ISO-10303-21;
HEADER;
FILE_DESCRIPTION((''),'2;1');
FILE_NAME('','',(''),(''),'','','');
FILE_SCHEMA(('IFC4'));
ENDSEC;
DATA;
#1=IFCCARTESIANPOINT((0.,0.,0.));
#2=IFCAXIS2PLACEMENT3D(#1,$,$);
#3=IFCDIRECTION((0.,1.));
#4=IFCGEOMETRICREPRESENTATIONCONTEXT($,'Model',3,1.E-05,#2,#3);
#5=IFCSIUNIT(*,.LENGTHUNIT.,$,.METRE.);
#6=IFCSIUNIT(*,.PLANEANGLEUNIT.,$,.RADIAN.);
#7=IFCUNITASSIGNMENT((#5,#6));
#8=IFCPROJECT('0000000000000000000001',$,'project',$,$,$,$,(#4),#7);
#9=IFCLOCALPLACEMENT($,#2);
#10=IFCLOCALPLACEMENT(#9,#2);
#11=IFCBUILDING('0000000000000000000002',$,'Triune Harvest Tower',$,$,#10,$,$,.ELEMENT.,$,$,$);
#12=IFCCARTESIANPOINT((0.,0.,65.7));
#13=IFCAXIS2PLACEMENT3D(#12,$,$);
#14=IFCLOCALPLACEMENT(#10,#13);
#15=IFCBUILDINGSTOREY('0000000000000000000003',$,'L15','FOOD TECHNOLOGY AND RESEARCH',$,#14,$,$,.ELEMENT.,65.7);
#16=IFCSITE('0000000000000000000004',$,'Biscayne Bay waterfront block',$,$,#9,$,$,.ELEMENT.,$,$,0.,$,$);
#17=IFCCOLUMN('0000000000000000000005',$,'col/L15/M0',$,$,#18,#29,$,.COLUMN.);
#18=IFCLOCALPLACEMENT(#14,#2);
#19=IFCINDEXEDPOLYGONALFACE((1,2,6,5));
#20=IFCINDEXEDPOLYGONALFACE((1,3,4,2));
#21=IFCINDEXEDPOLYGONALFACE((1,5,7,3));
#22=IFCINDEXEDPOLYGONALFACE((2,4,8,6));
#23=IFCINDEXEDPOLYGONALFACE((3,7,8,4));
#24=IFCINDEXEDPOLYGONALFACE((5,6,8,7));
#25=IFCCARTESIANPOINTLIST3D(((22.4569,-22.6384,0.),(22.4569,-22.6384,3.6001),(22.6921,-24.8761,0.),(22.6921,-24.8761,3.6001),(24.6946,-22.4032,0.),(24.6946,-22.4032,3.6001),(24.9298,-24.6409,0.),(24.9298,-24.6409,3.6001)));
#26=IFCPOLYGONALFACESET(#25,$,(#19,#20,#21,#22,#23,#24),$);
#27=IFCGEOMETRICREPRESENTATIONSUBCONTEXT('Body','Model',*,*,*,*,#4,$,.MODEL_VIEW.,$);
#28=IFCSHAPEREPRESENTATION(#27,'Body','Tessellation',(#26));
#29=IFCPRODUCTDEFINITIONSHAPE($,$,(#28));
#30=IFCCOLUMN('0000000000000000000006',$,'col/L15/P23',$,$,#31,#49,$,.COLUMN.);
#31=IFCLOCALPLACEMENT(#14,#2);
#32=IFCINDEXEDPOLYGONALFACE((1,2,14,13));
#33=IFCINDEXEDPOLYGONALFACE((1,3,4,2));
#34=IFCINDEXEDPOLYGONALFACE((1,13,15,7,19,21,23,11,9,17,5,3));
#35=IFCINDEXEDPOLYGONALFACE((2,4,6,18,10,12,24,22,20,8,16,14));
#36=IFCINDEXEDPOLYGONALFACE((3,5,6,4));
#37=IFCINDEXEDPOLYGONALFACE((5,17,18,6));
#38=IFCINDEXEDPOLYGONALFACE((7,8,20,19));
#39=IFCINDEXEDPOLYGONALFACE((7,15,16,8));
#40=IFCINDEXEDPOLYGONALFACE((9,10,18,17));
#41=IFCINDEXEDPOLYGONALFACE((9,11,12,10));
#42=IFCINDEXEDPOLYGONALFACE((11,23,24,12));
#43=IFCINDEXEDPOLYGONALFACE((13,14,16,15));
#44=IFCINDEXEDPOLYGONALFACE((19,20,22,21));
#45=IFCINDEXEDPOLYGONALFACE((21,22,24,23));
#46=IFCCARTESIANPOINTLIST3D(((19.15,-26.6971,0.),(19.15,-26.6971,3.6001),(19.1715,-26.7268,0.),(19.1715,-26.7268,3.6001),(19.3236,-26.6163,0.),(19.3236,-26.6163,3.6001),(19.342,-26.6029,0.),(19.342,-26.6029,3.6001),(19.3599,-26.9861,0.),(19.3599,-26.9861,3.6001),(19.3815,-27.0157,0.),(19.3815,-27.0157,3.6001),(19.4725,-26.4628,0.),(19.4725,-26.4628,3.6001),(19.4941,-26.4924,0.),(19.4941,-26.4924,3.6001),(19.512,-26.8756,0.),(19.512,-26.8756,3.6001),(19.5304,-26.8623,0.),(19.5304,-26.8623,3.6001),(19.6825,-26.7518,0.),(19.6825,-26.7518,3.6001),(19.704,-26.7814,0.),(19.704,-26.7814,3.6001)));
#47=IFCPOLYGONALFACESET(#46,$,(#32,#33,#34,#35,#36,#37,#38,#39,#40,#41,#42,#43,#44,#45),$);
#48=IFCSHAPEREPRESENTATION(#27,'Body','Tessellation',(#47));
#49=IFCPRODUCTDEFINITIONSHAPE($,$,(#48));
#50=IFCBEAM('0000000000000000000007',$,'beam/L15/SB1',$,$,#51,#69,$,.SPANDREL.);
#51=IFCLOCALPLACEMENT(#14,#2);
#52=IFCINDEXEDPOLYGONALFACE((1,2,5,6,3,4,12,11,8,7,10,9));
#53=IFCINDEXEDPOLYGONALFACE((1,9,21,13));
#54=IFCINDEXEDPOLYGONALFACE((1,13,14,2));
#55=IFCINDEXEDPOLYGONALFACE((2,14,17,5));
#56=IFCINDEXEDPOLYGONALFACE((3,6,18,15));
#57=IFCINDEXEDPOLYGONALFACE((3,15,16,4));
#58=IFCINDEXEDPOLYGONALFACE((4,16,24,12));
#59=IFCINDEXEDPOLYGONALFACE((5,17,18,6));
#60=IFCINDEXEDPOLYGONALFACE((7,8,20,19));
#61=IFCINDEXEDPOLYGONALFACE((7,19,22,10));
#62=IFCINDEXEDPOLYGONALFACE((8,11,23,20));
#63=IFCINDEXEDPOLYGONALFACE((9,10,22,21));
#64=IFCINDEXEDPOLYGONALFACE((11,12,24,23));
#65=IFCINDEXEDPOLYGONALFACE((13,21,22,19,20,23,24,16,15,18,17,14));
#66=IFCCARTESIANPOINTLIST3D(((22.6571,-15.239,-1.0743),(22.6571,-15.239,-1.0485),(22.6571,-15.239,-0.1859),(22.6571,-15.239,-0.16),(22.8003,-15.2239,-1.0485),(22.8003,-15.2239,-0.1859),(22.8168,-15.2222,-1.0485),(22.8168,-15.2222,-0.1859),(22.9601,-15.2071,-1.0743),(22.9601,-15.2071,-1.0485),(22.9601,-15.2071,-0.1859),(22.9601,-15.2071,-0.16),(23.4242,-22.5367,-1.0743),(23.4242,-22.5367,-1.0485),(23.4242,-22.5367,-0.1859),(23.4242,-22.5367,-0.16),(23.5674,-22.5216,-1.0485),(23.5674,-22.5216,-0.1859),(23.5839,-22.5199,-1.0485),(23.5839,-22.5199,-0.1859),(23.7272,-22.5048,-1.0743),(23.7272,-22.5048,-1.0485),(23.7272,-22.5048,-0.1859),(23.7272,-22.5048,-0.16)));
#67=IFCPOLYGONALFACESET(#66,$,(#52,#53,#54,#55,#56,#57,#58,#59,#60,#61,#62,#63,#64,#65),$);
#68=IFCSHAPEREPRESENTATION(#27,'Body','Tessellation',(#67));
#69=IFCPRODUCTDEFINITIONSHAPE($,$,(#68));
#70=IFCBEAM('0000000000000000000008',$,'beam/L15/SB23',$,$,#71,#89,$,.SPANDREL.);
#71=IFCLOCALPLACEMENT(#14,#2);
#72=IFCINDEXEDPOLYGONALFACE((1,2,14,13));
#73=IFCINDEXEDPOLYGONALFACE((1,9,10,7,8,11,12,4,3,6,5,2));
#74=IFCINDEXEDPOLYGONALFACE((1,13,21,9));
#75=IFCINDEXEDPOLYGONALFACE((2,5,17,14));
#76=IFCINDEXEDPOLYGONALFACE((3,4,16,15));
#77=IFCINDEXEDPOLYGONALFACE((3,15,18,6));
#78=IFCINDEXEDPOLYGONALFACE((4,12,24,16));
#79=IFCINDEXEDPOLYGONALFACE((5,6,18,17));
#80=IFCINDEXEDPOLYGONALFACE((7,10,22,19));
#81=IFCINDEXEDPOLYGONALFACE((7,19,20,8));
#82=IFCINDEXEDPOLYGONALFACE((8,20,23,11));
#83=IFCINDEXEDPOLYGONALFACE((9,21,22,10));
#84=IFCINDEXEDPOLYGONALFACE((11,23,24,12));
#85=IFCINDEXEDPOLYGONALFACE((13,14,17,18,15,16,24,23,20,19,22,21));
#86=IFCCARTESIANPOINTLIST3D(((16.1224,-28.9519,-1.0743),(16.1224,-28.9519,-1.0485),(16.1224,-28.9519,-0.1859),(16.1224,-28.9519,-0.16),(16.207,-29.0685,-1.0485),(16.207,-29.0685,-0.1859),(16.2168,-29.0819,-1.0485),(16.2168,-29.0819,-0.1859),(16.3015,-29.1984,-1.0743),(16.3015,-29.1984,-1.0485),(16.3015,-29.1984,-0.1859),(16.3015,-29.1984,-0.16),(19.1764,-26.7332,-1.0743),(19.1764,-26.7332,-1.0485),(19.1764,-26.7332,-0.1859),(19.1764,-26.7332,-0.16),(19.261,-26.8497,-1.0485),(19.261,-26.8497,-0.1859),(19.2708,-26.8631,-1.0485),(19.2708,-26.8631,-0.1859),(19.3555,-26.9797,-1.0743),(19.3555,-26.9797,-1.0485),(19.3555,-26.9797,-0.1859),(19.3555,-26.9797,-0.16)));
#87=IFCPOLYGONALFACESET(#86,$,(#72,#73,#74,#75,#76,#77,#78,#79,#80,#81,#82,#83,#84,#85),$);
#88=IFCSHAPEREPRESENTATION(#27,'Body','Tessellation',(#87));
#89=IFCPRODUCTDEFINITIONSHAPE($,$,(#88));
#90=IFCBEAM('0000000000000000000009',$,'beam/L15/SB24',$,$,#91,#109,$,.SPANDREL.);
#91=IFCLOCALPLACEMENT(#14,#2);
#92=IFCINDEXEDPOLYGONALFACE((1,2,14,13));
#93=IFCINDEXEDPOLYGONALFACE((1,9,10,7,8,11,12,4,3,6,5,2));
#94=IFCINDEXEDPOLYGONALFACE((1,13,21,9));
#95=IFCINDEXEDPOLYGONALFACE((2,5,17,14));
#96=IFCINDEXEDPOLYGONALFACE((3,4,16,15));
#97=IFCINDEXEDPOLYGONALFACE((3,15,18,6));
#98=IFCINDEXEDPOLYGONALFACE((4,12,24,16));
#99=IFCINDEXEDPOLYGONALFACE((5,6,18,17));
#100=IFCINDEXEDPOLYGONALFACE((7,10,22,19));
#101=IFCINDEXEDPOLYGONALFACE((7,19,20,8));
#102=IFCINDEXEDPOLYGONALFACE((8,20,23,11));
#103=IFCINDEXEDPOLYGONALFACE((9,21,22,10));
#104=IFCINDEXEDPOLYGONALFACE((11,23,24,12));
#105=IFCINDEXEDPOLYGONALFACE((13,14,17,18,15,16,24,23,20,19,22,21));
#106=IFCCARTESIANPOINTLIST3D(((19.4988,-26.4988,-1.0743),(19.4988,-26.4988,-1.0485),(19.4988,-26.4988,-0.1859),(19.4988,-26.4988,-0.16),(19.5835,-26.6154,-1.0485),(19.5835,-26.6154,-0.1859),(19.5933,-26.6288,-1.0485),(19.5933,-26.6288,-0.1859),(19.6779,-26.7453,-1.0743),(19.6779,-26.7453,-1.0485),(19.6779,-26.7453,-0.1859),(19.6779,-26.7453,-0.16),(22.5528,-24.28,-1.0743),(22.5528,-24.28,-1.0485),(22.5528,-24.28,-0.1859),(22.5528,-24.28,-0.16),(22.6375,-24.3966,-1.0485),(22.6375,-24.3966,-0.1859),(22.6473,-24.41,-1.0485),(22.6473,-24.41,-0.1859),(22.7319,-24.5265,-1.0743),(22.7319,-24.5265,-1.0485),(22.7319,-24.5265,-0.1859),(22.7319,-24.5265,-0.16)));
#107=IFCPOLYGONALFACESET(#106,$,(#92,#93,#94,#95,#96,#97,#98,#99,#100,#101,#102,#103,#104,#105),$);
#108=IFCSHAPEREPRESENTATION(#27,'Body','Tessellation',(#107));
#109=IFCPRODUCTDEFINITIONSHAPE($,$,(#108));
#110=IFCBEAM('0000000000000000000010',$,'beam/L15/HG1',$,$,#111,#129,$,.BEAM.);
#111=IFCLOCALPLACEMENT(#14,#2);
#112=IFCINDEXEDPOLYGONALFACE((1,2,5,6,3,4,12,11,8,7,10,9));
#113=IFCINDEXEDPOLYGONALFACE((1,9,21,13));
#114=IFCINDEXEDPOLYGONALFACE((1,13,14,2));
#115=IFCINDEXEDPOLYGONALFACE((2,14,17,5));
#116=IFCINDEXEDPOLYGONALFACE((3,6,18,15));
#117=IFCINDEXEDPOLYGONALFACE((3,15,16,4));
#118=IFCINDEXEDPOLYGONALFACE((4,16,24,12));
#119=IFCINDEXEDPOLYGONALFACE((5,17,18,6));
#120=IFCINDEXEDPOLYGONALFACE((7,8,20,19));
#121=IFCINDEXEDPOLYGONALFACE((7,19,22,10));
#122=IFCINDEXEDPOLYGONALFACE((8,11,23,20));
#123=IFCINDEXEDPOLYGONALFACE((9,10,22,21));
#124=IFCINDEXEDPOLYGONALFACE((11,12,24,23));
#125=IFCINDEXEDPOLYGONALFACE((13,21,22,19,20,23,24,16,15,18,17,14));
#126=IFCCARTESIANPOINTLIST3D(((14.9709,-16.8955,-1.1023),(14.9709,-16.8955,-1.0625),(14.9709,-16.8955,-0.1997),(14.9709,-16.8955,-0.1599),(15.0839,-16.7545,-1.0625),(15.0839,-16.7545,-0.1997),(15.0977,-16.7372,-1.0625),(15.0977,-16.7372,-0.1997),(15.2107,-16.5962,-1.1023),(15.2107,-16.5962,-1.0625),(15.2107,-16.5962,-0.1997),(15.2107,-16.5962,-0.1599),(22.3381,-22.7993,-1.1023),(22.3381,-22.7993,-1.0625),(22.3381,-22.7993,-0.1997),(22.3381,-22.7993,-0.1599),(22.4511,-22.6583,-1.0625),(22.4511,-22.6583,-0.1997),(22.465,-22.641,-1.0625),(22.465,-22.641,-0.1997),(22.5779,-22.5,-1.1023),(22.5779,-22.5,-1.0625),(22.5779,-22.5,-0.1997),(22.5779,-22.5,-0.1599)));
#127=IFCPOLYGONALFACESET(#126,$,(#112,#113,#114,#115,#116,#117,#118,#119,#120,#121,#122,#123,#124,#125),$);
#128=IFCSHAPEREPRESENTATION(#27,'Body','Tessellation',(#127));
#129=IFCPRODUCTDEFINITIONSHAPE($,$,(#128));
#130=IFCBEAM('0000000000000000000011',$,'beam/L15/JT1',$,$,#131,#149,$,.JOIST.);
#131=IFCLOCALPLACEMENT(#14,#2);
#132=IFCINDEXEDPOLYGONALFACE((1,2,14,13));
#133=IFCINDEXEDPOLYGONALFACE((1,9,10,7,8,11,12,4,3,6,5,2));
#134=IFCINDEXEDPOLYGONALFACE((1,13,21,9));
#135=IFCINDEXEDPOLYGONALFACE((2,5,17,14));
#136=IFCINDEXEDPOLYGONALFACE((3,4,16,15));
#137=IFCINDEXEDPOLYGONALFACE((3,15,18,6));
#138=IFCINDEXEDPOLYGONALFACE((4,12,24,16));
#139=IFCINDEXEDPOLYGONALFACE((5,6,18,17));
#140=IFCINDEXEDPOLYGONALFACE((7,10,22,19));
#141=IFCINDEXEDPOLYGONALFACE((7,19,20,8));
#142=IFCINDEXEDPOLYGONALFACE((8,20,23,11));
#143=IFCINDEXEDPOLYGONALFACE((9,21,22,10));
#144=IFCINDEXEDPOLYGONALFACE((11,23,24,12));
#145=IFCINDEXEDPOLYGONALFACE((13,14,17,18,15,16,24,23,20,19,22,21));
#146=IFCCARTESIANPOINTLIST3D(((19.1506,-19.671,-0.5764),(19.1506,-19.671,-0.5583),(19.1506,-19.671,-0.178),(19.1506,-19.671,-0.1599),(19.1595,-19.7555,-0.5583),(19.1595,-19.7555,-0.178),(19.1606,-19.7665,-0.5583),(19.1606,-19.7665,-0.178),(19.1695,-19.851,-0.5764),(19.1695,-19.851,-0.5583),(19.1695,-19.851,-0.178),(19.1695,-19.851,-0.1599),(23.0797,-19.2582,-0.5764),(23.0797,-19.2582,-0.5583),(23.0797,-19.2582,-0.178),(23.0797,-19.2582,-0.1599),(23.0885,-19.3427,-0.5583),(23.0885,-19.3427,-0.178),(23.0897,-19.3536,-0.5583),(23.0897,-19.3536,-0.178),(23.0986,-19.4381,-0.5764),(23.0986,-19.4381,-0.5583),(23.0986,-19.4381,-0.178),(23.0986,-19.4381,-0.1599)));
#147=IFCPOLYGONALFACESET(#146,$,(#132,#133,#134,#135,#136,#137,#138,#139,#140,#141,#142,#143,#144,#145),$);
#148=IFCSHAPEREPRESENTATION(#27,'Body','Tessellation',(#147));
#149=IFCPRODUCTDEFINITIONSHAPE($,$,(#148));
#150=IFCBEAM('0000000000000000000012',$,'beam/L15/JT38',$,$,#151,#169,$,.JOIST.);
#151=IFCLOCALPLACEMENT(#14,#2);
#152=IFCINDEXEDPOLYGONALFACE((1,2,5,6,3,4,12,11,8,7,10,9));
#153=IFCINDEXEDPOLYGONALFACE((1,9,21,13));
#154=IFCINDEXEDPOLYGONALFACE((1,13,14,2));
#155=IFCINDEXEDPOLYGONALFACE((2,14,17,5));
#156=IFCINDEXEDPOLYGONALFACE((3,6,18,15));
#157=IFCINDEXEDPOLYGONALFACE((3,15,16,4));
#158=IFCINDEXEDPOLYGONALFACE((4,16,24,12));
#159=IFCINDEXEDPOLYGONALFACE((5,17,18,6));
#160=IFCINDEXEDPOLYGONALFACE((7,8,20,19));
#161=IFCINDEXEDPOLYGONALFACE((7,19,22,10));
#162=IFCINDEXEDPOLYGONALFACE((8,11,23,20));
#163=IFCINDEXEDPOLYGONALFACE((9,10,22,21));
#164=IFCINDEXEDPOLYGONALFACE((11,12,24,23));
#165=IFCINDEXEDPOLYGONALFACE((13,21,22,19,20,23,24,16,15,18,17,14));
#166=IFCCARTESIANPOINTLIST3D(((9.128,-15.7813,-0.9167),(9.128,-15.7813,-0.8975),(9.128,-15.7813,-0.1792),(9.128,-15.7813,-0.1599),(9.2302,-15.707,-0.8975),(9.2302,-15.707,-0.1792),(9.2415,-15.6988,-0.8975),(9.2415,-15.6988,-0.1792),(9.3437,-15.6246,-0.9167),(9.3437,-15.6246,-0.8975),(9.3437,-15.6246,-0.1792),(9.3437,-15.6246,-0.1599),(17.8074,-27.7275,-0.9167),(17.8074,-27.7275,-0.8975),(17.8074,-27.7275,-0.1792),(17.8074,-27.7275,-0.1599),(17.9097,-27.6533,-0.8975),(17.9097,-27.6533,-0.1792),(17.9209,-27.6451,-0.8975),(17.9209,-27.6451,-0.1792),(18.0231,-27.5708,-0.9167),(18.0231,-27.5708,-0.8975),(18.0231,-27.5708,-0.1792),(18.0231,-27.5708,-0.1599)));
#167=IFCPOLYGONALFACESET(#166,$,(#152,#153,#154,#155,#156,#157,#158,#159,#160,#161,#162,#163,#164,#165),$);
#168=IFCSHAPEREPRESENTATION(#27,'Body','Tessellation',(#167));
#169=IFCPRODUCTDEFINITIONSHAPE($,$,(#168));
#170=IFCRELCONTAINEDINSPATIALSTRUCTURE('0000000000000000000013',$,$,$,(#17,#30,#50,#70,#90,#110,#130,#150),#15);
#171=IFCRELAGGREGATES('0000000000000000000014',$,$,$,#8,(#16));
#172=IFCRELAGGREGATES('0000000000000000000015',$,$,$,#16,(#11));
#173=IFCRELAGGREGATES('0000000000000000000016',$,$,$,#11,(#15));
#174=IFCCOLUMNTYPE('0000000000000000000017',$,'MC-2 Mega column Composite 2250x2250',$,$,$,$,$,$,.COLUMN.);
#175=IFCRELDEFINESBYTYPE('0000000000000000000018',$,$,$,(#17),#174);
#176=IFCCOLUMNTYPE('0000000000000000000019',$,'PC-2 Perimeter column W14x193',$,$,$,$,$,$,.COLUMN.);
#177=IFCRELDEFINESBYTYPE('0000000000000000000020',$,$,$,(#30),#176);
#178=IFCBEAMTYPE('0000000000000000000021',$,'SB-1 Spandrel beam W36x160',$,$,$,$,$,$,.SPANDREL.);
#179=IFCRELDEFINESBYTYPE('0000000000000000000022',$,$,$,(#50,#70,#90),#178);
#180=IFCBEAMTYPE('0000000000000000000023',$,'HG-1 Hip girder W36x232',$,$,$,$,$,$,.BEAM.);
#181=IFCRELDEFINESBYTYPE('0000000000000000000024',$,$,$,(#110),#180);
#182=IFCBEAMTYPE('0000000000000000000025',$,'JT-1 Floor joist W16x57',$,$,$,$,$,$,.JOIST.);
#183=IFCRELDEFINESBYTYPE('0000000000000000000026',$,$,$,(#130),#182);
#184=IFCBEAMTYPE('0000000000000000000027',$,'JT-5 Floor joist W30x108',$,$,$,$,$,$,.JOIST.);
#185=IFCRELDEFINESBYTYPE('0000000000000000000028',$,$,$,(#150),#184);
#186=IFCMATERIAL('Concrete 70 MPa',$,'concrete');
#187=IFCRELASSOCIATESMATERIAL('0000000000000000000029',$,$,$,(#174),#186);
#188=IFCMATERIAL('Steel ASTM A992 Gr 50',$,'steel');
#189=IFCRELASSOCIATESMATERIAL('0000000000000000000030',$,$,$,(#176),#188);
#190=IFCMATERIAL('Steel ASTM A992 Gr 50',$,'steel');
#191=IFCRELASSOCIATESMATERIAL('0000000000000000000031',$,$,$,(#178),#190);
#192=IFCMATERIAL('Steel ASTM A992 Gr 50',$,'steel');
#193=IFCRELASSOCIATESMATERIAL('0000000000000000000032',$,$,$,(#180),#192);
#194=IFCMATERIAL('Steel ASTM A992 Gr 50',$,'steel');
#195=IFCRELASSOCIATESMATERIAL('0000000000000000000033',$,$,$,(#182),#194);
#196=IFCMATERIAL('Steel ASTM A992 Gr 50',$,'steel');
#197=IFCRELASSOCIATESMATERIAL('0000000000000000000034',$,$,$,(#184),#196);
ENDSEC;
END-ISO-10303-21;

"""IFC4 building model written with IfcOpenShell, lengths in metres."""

from ifc_helpers import new_model, si_unit, direction, frame, origin, origin_2d, place, context, subcontext, project, spatial, rectangle, i_section, extrude, source, transform, mapped, material, material_profile, profile_set, type_object, element, save


model = new_model("IFC4")

# Units and contexts
model_context = context("Model", 3, precision=1e-05, world=origin(), true_north=direction((0.0, 1.0)))
body_context = subcontext(model_context, "Body", "Model", "MODEL_VIEW")
ifc_project = project(units=[si_unit("LENGTHUNIT", "METRE"), si_unit("PLANEANGLEUNIT", "RADIAN")], contexts=[model_context])

# Site, building, storey
site_placement = place(None, origin())
site = spatial("IfcSite", under=ifc_project, at=site_placement, Name="Biscayne Bay waterfront block", CompositionType="ELEMENT", RefElevation=0.0)
building_placement = place(site_placement, origin())
building = spatial("IfcBuilding", under=site, at=building_placement, Name="Triune Harvest Tower", CompositionType="ELEMENT")
storey_placement = place(building_placement, frame((0.0, 0.0, 65.7)))
storey = spatial("IfcBuildingStorey", under=building, at=storey_placement, Name="L15", Description="FOOD TECHNOLOGY AND RESEARCH", CompositionType="ELEMENT", Elevation=65.7)

# Columns
ifc_material_1 = material(Name="Concrete 70 MPa", Category="concrete")
ifc_material_profile_1 = material_profile(ifc_material_1, rectangle(XDim=2.25, YDim=2.25, at=origin_2d()), Name="Composite 2250x2250")
ifc_profile_set_1 = profile_set([ifc_material_profile_1], Name="Concrete 70 MPa")
column_type_1 = type_object("IfcColumnType", Name="MC-2 Mega column Composite 2250x2250", PredefinedType="COLUMN", material=ifc_profile_set_1)
shared_shape_1 = source(origin(), body_context, "Body", "SweptSolid", [
    extrude(rectangle(XDim=2.25, YDim=2.25, at=origin_2d()), origin(), (0.0, 0.0, 1.0), 3.6001),
])
column_1_placement = place(storey_placement, frame((23.6934, -23.6396, 0.0), z_axis=(0.0, 0.0, 1.0), x_axis=(-0.104527, 0.994522, 0.0)))
element("IfcColumn", 1, at=column_1_placement, inside=storey, type_object=column_type_1, Name="col/L15/M0", PredefinedType="COLUMN", context=body_context, shape_type="MappedRepresentation", body=[
    mapped(shared_shape_1, transform((0.0, 0.0, 0.0), scale=1.0)),
])
ifc_material_2 = material(Name="Steel ASTM A992 Gr 50", Category="steel")
ifc_material_profile_2 = material_profile(ifc_material_2, i_section(OverallWidth=0.3987, OverallDepth=0.3938, WebThickness=0.0227, FlangeThickness=0.0366, at=origin_2d()), Name="W14x193")
ifc_profile_set_2 = profile_set([ifc_material_profile_2], Name="Steel ASTM A992 Gr 50")
column_type_2 = type_object("IfcColumnType", Name="PC-2 Perimeter column W14x193", PredefinedType="COLUMN", material=ifc_profile_set_2)
shared_shape_2 = source(origin(), body_context, "Body", "SweptSolid", [
    extrude(i_section(OverallWidth=0.3987, OverallDepth=0.3938, WebThickness=0.0227, FlangeThickness=0.0366, at=origin_2d()), origin(), (0.0, 0.0, 1.0), 3.6001),
])
column_2_placement = place(storey_placement, frame((19.427, -26.7393, 0.0), z_axis=(0.0, 0.0, 1.0), x_axis=(0.809015, 0.587788, 0.0)))
element("IfcColumn", 2, at=column_2_placement, inside=storey, type_object=column_type_2, Name="col/L15/P23", PredefinedType="COLUMN", context=body_context, shape_type="MappedRepresentation", body=[
    mapped(shared_shape_2, transform((0.0, 0.0, 0.0), scale=1.0)),
])

# Beams
ifc_material_3 = material(Name="Steel ASTM A992 Gr 50", Category="steel")
ifc_material_profile_3 = material_profile(ifc_material_3, i_section(OverallWidth=0.3047, OverallDepth=0.9143, WebThickness=0.0166, FlangeThickness=0.0259, at=origin_2d()), Name="W36x160")
ifc_profile_set_3 = profile_set([ifc_material_profile_3], Name="Steel ASTM A992 Gr 50")
beam_type_1 = type_object("IfcBeamType", Name="SB-1 Spandrel beam W36x160", PredefinedType="SPANDREL", material=ifc_profile_set_3)
shared_shape_3 = source(origin(), body_context, "Body", "SweptSolid", [
    extrude(i_section(OverallWidth=0.3047, OverallDepth=0.9143, WebThickness=0.0166, FlangeThickness=0.0259, at=origin_2d()), origin(), (0.0, 0.0, 1.0), 7.3379),
])
beam_1_placement = place(storey_placement, frame((23.5757, -22.5208, -0.6172), z_axis=(-0.104539, 0.994521, 0.0), x_axis=(-0.994521, -0.104539, 0.0)))
element("IfcBeam", 3, at=beam_1_placement, inside=storey, type_object=beam_type_1, Name="beam/L15/SB1", PredefinedType="SPANDREL", context=body_context, shape_type="MappedRepresentation", body=[
    mapped(shared_shape_3, transform((0.0, 0.0, 0.0), scale=1.0)),
])
shared_shape_4 = source(origin(), body_context, "Body", "SweptSolid", [
    extrude(i_section(OverallWidth=0.3047, OverallDepth=0.9143, WebThickness=0.0166, FlangeThickness=0.0259, at=origin_2d()), origin(), (0.0, 0.0, 1.0), 3.7749),
])
for number, where, z_axis, x_axis, name in (
    (4, (16.2119, -29.0752, -0.6172), (0.809027, 0.587772, 0.0), (-0.587772, 0.809027, 0.0), "beam/L15/SB23"),
    (5, (19.5884, -26.6221, -0.6172), (0.809027, 0.587772, 0.0), (-0.587772, 0.809027, 0.0), "beam/L15/SB24"),
):
    element("IfcBeam", number, at=place(storey_placement, frame(where, z_axis=z_axis, x_axis=x_axis)), inside=storey, type_object=beam_type_1, Name=name, PredefinedType="SPANDREL", context=body_context, shape_type="MappedRepresentation", body=[
        mapped(shared_shape_4, transform((0.0, 0.0, 0.0), scale=1.0)),
    ])
ifc_material_4 = material(Name="Steel ASTM A992 Gr 50", Category="steel")
ifc_material_profile_4 = material_profile(ifc_material_4, i_section(OverallWidth=0.3835, OverallDepth=0.9424, WebThickness=0.0222, FlangeThickness=0.0398, at=origin_2d()), Name="W36x232")
ifc_profile_set_4 = profile_set([ifc_material_profile_4], Name="Steel ASTM A992 Gr 50")
beam_type_2 = type_object("IfcBeamType", Name="HG-1 Hip girder W36x232", PredefinedType="BEAM", material=ifc_profile_set_4)
shared_shape_5 = source(origin(), body_context, "Body", "SweptSolid", [
    extrude(i_section(OverallWidth=0.3835, OverallDepth=0.9424, WebThickness=0.0222, FlangeThickness=0.0398, at=origin_2d()), origin(), (0.0, 0.0, 1.0), 9.4409),
])
beam_2_placement = place(storey_placement, frame((22.458, -22.6497, -0.6311), z_axis=(-0.780349, 0.625344, 0.0), x_axis=(-0.625344, -0.780349, 0.0)))
element("IfcBeam", 6, at=beam_2_placement, inside=storey, type_object=beam_type_2, Name="beam/L15/HG1", PredefinedType="BEAM", context=body_context, shape_type="MappedRepresentation", body=[
    mapped(shared_shape_5, transform((0.0, 0.0, 0.0), scale=1.0)),
])
ifc_material_5 = material(Name="Steel ASTM A992 Gr 50", Category="steel")
ifc_material_profile_5 = material_profile(ifc_material_5, i_section(OverallWidth=0.1809, OverallDepth=0.4165, WebThickness=0.011, FlangeThickness=0.0181, at=origin_2d()), Name="W16x57")
ifc_profile_set_5 = profile_set([ifc_material_profile_5], Name="Steel ASTM A992 Gr 50")
beam_type_3 = type_object("IfcBeamType", Name="JT-1 Floor joist W16x57", PredefinedType="JOIST", material=ifc_profile_set_5)
shared_shape_6 = source(origin(), body_context, "Body", "SweptSolid", [
    extrude(i_section(OverallWidth=0.1809, OverallDepth=0.4165, WebThickness=0.011, FlangeThickness=0.0181, at=origin_2d()), origin(), (0.0, 0.0, 1.0), 3.9507),
])
beam_3_placement = place(storey_placement, frame((23.0891, -19.3481, -0.3682), z_axis=(-0.994525, -0.104501, 0.0), x_axis=(0.104501, -0.994525, 0.0)))
element("IfcBeam", 7, at=beam_3_placement, inside=storey, type_object=beam_type_3, Name="beam/L15/JT1", PredefinedType="JOIST", context=body_context, shape_type="MappedRepresentation", body=[
    mapped(shared_shape_6, transform((0.0, 0.0, 0.0), scale=1.0)),
])
ifc_material_6 = material(Name="Steel ASTM A992 Gr 50", Category="steel")
ifc_material_profile_6 = material_profile(ifc_material_6, i_section(OverallWidth=0.2666, OverallDepth=0.7568, WebThickness=0.0139, FlangeThickness=0.0193, at=origin_2d()), Name="W30x108")
ifc_profile_set_6 = profile_set([ifc_material_profile_6], Name="Steel ASTM A992 Gr 50")
beam_type_4 = type_object("IfcBeamType", Name="JT-5 Floor joist W30x108", PredefinedType="JOIST", material=ifc_profile_set_6)
shared_shape_7 = source(origin(), body_context, "Body", "SweptSolid", [
    extrude(i_section(OverallWidth=0.2666, OverallDepth=0.7568, WebThickness=0.0139, FlangeThickness=0.0193, at=origin_2d()), origin(), (0.0, 0.0, 1.0), 14.7664),
])
beam_4_placement = place(storey_placement, frame((17.9153, -27.6492, -0.5383), z_axis=(-0.587783, 0.809018, 0.0), x_axis=(-0.809018, -0.587783, 0.0)))
element("IfcBeam", 8, at=beam_4_placement, inside=storey, type_object=beam_type_4, Name="beam/L15/JT38", PredefinedType="JOIST", context=body_context, shape_type="MappedRepresentation", body=[
    mapped(shared_shape_7, transform((0.0, 0.0, 0.0), scale=1.0)),
])

save(model, "model.ifc")
